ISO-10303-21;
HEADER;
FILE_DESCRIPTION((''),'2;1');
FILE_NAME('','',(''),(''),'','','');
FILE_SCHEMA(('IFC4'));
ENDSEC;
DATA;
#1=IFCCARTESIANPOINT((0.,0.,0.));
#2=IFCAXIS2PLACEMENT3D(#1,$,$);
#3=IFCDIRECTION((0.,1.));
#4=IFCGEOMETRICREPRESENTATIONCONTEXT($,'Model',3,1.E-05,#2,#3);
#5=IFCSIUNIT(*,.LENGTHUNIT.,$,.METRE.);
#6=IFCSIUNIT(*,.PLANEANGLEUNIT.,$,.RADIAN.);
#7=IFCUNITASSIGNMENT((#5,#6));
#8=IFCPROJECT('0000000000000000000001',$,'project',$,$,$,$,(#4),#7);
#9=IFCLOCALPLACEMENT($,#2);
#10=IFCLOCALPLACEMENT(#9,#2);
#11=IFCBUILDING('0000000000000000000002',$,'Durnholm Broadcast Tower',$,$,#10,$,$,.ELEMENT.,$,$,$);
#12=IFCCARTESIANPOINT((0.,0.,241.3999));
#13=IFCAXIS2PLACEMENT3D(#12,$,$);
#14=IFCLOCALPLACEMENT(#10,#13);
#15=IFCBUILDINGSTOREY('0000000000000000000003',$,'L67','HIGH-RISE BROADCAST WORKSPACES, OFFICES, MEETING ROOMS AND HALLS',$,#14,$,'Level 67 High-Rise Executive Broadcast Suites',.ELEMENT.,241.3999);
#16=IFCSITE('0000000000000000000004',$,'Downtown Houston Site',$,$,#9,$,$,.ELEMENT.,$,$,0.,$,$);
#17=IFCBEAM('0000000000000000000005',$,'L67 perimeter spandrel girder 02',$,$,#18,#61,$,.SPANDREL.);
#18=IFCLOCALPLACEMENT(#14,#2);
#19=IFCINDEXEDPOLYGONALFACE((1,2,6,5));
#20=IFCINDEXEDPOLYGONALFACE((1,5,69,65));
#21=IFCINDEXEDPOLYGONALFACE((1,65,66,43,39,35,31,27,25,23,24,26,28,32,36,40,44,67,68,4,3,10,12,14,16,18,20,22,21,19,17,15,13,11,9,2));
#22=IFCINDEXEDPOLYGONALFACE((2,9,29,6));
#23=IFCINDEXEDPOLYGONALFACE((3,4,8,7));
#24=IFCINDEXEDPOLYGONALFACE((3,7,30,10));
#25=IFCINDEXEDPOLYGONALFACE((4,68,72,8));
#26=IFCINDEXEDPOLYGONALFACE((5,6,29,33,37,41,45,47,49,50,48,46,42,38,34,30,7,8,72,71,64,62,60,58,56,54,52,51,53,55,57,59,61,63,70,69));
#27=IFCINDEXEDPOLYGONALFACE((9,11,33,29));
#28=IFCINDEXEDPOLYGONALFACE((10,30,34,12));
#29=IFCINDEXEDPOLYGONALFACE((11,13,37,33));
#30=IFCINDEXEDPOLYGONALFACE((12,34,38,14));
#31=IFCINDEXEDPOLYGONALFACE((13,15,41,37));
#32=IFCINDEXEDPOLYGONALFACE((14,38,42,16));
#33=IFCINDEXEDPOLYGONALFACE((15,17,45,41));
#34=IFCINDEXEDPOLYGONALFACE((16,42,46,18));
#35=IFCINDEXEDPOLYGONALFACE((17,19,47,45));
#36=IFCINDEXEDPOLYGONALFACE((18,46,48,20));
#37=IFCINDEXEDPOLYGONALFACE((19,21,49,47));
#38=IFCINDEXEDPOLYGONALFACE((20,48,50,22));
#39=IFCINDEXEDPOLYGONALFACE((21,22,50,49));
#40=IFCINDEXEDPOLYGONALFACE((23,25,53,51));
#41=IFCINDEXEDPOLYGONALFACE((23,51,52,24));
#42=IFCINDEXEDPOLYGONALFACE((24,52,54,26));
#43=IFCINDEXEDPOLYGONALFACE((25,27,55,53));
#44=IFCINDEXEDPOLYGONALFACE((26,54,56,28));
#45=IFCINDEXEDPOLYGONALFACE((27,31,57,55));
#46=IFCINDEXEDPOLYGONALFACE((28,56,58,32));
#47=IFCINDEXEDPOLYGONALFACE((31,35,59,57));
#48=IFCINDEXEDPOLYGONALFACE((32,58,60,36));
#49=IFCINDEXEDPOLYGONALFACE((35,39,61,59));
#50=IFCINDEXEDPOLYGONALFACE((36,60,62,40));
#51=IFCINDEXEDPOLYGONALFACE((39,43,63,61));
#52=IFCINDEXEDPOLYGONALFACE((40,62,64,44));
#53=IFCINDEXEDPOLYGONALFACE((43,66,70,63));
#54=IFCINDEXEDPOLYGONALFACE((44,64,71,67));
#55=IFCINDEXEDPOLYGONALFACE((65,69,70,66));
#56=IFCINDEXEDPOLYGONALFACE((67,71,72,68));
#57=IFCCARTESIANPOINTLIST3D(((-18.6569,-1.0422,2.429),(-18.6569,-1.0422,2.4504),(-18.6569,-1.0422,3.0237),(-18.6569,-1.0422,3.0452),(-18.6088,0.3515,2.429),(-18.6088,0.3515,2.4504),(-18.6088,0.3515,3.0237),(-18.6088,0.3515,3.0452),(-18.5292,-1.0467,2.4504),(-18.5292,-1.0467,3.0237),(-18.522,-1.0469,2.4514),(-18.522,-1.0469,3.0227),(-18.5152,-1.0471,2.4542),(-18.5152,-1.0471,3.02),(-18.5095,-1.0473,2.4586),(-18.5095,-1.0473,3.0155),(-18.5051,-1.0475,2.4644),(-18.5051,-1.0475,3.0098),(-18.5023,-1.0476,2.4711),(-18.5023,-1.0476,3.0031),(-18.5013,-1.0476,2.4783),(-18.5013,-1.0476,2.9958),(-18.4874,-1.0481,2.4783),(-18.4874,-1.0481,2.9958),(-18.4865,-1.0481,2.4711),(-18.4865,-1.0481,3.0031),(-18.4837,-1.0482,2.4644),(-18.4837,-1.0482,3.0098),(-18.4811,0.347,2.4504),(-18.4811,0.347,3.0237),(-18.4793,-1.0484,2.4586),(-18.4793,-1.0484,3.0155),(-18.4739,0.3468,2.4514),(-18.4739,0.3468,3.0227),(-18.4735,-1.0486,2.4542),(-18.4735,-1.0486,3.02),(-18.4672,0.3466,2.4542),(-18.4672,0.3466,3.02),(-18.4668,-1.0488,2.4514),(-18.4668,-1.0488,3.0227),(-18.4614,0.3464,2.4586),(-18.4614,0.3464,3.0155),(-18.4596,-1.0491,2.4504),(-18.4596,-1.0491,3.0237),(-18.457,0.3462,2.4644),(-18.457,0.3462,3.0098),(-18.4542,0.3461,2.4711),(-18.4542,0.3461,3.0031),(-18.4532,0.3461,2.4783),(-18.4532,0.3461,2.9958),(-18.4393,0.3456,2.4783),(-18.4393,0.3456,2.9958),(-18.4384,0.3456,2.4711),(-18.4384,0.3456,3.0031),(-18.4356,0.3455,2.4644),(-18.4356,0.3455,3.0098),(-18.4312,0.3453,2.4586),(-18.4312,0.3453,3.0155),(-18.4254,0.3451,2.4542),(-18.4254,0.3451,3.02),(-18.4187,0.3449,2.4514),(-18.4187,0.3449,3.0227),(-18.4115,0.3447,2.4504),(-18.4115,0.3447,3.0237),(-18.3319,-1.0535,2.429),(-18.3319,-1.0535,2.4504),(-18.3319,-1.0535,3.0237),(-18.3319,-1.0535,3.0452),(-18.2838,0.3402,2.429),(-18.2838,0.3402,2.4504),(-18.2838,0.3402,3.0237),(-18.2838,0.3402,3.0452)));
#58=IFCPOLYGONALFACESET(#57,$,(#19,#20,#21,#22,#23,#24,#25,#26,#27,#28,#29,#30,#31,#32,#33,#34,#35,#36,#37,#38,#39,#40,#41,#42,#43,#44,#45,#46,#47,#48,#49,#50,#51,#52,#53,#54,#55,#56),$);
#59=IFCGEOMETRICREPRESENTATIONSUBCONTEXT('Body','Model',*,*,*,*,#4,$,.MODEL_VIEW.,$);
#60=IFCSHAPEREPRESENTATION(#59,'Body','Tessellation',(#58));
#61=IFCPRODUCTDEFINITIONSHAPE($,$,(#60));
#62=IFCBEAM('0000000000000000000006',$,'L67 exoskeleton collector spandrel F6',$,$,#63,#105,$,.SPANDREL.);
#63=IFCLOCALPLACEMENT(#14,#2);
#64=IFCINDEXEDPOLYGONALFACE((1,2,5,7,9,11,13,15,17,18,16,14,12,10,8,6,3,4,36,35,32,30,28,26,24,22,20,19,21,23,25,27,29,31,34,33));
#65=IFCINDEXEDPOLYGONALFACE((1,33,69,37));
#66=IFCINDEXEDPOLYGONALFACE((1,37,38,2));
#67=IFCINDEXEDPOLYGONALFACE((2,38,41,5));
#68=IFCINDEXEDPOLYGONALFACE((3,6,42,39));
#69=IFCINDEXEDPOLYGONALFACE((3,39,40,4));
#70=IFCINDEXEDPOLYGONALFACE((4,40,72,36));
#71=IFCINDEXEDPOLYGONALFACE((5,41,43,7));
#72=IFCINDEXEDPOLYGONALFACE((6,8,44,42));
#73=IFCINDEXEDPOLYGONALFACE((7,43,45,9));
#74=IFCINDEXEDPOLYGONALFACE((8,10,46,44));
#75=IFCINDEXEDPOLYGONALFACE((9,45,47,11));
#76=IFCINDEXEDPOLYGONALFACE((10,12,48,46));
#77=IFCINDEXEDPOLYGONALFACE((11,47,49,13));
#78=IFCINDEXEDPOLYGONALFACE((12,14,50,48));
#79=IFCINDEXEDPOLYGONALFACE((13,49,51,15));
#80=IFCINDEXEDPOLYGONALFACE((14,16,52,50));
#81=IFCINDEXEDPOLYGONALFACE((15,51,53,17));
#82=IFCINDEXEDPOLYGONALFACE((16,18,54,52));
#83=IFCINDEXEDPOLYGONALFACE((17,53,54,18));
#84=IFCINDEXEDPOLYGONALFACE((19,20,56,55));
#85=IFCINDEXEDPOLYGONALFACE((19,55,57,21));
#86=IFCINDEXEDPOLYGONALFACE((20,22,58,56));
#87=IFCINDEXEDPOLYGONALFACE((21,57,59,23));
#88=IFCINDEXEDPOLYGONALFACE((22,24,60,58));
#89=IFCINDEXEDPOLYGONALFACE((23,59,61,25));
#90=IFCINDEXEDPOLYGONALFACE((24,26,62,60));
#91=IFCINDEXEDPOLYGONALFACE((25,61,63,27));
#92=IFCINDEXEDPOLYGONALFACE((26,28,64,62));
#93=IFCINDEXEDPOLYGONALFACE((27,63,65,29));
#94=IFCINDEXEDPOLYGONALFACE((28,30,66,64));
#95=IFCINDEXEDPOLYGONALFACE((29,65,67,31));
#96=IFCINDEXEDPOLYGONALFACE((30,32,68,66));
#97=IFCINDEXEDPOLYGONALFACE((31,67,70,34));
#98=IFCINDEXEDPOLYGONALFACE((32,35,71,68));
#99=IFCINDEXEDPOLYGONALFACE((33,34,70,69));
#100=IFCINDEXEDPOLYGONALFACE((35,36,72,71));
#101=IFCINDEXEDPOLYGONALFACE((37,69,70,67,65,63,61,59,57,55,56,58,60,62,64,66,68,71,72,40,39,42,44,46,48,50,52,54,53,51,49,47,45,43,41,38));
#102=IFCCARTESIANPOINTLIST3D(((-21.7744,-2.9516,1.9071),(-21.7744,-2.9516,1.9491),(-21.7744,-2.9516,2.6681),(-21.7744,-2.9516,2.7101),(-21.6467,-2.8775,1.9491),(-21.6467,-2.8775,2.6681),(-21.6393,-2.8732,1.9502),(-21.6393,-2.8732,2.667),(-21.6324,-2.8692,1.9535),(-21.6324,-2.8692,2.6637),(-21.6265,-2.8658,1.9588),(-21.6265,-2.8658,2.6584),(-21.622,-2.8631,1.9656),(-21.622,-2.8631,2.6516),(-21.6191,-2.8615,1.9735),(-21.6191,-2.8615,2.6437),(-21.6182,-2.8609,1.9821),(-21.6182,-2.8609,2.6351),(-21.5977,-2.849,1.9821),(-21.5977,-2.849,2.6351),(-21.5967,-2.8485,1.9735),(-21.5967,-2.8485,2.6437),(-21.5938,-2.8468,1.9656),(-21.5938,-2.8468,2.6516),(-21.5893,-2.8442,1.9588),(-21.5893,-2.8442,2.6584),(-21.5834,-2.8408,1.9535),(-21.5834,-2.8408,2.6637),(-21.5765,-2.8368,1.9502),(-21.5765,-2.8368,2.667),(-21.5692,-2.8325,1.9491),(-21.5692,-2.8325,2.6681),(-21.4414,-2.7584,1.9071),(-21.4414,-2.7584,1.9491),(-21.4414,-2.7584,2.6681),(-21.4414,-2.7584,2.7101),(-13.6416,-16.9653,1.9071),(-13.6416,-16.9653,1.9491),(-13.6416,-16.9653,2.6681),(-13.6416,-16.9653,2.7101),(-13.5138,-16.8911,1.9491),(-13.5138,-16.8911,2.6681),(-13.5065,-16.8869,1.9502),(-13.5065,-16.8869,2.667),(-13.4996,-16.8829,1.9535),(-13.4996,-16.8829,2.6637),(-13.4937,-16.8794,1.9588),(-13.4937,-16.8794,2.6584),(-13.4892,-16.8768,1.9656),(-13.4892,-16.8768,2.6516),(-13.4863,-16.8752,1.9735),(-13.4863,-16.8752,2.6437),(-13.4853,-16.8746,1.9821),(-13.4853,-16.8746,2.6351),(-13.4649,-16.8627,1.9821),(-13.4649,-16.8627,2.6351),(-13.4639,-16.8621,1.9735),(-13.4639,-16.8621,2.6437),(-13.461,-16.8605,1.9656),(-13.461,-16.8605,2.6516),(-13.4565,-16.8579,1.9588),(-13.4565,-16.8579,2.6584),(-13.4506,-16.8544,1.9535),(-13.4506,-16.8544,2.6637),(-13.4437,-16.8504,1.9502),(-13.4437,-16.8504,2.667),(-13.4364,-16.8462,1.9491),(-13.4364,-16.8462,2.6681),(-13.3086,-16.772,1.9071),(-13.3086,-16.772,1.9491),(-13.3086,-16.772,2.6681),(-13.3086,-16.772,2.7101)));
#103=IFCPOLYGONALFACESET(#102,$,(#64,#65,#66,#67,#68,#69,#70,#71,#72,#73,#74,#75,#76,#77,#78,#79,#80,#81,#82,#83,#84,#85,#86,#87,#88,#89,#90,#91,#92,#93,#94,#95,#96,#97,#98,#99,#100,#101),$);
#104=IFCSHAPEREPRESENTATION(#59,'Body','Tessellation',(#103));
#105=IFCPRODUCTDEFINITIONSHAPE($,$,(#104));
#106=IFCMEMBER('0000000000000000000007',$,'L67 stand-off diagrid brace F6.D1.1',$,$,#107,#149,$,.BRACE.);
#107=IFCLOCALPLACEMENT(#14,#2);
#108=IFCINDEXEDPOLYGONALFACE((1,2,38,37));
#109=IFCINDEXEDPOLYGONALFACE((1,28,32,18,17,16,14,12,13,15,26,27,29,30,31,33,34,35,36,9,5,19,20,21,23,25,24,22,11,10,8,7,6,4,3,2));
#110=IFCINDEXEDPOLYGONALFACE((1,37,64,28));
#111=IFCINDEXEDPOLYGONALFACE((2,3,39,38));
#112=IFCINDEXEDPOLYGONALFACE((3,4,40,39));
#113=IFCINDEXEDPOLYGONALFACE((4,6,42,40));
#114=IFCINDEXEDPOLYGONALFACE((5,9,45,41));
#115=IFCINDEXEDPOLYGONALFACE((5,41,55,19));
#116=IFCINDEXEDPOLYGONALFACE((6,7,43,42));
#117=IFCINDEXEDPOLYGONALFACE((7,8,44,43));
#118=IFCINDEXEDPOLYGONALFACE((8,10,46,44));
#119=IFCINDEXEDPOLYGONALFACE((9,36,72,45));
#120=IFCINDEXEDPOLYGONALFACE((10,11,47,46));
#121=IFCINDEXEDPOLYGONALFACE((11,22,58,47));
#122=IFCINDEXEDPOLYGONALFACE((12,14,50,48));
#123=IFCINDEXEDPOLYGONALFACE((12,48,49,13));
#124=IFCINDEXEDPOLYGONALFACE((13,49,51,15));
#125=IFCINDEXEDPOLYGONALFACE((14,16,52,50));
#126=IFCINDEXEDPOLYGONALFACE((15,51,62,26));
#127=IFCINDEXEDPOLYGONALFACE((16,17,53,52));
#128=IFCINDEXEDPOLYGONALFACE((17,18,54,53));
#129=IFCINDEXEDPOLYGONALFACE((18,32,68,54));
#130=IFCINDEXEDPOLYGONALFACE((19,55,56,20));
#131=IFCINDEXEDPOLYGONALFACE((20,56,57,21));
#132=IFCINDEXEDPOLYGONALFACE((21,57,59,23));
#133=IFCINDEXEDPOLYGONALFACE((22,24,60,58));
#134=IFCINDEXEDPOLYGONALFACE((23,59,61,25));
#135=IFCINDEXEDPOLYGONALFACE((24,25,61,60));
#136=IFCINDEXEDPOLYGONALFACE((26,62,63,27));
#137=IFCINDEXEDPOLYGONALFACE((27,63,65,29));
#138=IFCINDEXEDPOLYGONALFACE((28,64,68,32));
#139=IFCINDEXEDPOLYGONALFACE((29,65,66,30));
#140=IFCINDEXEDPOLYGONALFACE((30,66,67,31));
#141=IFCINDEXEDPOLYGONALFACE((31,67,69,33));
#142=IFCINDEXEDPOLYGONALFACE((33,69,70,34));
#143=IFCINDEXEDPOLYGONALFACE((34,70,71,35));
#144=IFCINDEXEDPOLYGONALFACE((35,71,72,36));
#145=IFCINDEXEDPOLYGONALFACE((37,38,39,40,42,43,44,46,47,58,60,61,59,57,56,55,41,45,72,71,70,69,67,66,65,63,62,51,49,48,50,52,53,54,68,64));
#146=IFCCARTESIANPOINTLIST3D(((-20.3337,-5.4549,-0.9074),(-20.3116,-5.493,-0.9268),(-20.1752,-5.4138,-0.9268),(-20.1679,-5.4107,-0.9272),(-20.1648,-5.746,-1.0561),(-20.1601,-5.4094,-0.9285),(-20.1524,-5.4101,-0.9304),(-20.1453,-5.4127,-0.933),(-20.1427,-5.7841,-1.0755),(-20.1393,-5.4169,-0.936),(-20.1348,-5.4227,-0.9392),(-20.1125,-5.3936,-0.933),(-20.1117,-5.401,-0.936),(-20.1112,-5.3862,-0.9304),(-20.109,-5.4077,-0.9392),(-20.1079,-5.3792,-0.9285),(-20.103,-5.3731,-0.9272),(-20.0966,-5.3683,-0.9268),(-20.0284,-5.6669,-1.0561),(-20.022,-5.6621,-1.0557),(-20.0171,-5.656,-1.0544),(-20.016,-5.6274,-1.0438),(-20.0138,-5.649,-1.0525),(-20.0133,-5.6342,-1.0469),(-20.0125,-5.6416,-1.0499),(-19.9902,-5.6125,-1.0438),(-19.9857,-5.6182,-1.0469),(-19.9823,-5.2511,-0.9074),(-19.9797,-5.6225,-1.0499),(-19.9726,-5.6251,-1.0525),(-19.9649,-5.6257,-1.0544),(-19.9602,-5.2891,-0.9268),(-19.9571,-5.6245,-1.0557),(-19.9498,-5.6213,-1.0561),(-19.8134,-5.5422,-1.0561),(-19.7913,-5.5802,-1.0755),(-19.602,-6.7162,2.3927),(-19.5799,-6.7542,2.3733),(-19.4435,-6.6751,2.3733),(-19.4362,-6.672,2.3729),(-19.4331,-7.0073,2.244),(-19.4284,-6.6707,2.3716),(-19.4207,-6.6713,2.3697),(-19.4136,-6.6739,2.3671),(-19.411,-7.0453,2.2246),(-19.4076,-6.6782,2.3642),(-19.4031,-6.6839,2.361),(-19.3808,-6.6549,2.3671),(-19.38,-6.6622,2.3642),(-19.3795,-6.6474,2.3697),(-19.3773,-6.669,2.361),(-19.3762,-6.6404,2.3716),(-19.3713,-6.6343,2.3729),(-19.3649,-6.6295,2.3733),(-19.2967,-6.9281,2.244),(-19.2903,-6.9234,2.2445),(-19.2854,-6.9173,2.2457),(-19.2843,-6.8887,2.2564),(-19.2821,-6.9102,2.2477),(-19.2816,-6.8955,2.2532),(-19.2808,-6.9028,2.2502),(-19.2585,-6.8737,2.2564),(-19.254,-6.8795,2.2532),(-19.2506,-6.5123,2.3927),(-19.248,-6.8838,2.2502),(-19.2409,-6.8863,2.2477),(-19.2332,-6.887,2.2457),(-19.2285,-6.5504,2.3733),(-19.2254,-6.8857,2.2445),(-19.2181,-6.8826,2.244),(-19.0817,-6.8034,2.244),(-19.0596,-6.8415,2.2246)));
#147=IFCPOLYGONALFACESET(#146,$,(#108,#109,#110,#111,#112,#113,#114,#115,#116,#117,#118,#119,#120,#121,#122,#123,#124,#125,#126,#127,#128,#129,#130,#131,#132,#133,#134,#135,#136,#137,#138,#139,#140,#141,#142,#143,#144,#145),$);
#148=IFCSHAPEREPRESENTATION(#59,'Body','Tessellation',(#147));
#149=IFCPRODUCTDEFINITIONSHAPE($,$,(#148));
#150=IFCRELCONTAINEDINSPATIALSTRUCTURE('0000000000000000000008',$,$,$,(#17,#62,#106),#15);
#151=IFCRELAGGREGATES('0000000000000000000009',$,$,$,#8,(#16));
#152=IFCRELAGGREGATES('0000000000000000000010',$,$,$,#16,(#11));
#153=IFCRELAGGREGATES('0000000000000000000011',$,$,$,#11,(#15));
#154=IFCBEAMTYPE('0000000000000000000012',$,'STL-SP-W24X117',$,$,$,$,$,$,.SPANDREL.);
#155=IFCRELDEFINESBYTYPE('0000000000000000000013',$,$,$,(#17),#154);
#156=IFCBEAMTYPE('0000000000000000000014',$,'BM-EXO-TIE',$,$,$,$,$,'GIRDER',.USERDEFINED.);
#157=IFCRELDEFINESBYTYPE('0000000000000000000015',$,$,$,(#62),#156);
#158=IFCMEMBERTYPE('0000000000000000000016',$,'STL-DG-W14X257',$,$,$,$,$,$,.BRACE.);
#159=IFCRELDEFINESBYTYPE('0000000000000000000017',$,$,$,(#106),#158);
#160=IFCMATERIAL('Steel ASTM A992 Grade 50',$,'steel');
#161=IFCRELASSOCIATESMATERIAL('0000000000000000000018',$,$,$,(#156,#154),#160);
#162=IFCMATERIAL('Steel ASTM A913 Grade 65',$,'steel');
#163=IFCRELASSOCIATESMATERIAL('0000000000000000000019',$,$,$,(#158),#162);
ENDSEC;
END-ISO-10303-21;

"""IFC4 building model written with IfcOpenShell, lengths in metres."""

from ifc_helpers import new_model, si_unit, direction, frame, origin, origin_2d, place, context, subcontext, project, spatial, i_section, extrude, source, transform, mapped, material, material_profile, profile_set, type_object, type_shapes, element, save


model = new_model("IFC4")

# Units and contexts
model_context = context("Model", 3, precision=1e-05, world=origin(), true_north=direction((0.0, 1.0)))
body_context = subcontext(model_context, "Body", "Model", "MODEL_VIEW")
ifc_project = project(units=[si_unit("LENGTHUNIT", "METRE"), si_unit("PLANEANGLEUNIT", "RADIAN")], contexts=[model_context])

# Site, building, storey
site_placement = place(None, origin())
site = spatial("IfcSite", under=ifc_project, at=site_placement, Name="Downtown Houston Site", CompositionType="ELEMENT", RefElevation=0.0)
building_placement = place(site_placement, origin())
building = spatial("IfcBuilding", under=site, at=building_placement, Name="Durnholm Broadcast Tower", CompositionType="ELEMENT")
storey_placement = place(building_placement, frame((0.0, 0.0, 241.3999)))
storey = spatial("IfcBuildingStorey", under=building, at=storey_placement, Name="L67", Description="HIGH-RISE BROADCAST WORKSPACES, OFFICES, MEETING ROOMS AND HALLS", LongName="Level 67 High-Rise Executive Broadcast Suites", CompositionType="ELEMENT", Elevation=241.3999)

# Beams
ifc_material_1 = material(Name="Steel ASTM A992 Grade 50", Category="steel")
ifc_material_profile_1 = material_profile(ifc_material_1, i_section(OverallWidth=0.385, OverallDepth=0.803, WebThickness=0.0237, FlangeThickness=0.042, FilletRadius=0.033, at=origin_2d()), Name="W30X261")
ifc_profile_set_1 = profile_set([ifc_material_profile_1], Name="Steel ASTM A992 Grade 50")
beam_type_1 = type_object("IfcBeamType", Name="BM-EXO-TIE", ElementType="GIRDER", PredefinedType="USERDEFINED", material=ifc_profile_set_1)
ifc_material_profile_2 = material_profile(ifc_material_1, i_section(OverallWidth=0.3252, OverallDepth=0.6162, WebThickness=0.0139, FlangeThickness=0.0215, FilletRadius=0.0278, at=origin_2d()), Name="W24X117")
ifc_profile_set_2 = profile_set([ifc_material_profile_2], Name="Steel ASTM A992 Grade 50")
beam_type_2 = type_object("IfcBeamType", Name="STL-SP-W24X117", PredefinedType="SPANDREL", material=ifc_profile_set_2)
shared_shape_1 = source(origin(), body_context, "Body", "SweptSolid", [
    extrude(i_section(OverallWidth=0.3252, OverallDepth=0.6162, WebThickness=0.0139, FlangeThickness=0.0215, FilletRadius=0.0278, at=origin_2d()), origin(), (0.0, 0.0, 1.0), 1.3945),
])
beam_1_placement = place(storey_placement, frame((-18.4944, -1.0479, 2.7371), z_axis=(0.034486, 0.999405, 0.0), x_axis=(-0.999405, 0.034486, 0.0)))
element("IfcBeam", 1, at=beam_1_placement, inside=storey, type_object=beam_type_2, Name="L67 perimeter spandrel girder 02", PredefinedType="SPANDREL", context=body_context, shape_type="MappedRepresentation", body=[
    mapped(shared_shape_1, transform((0.0, 0.0, 0.0), x_axis=(1.0, 0.0, 0.0), y_axis=(0.0, 1.0, 0.0), z_axis=(0.0, 0.0, 1.0), scale=1.0)),
])
shared_shape_2 = source(origin(), body_context, "Body", "SweptSolid", [
    extrude(i_section(OverallWidth=0.385, OverallDepth=0.803, WebThickness=0.0237, FlangeThickness=0.042, FilletRadius=0.033, at=origin_2d()), origin(), (0.0, 0.0, 1.0), 16.2026),
])
beam_2_placement = place(storey_placement, frame((-21.6079, -2.855, 2.3086), z_axis=(0.501944, -0.8649, 0.0), x_axis=(0.8649, 0.501944, 0.0)))
element("IfcBeam", 2, at=beam_2_placement, inside=storey, type_object=beam_type_1, Name="L67 exoskeleton collector spandrel F6", PredefinedType="SPANDREL", context=body_context, shape_type="MappedRepresentation", body=[
    mapped(shared_shape_2, transform((0.0, 0.0, 0.0), x_axis=(1.0, 0.0, 0.0), y_axis=(0.0, 1.0, 0.0), z_axis=(0.0, 0.0, 1.0), scale=1.0)),
])

# Member
ifc_material_2 = material(Name="Steel ASTM A913 Grade 65", Category="steel")
ifc_material_profile_3 = material_profile(ifc_material_2, i_section(OverallWidth=0.4062, OverallDepth=0.416, WebThickness=0.0298, FlangeThickness=0.0481, FilletRadius=0.0305, at=origin_2d()), Name="W14X257")
ifc_profile_set_3 = profile_set([ifc_material_profile_3], Name="Steel ASTM A913 Grade 65")
member_type_1 = type_object("IfcMemberType", Name="STL-DG-W14X257", PredefinedType="BRACE", material=ifc_profile_set_3)
shared_shape_3 = source(origin(), body_context, "Body", "SweptSolid", [
    extrude(i_section(OverallWidth=0.4062, OverallDepth=0.416, WebThickness=0.0298, FlangeThickness=0.0481, FilletRadius=0.0305, at=origin_2d()), origin(), (0.0, 0.0, 1.0), 3.6079),
])
type_shapes(member_type_1, [shared_shape_3])
for number, where, z_axis, x_axis, name in (
    (3, (-20.0625, -5.5176, -0.9915), (0.202806, -0.349582, 0.914692), (0.864979, 0.501808, 0.0), "L67 stand-off diagrid brace F6.D1.1"),
):
    element("IfcMember", number, at=place(storey_placement, frame(where, z_axis=z_axis, x_axis=x_axis)), inside=storey, type_object=member_type_1, Name=name, PredefinedType="BRACE", context=body_context, shape_type="MappedRepresentation", body=[
        mapped(shared_shape_3, transform((0.0, 0.0, 0.0), x_axis=(1.0, 0.0, 0.0), y_axis=(0.0, 1.0, 0.0), z_axis=(0.0, 0.0, 1.0), scale=1.0)),
    ])

save(model, "model.ifc")
